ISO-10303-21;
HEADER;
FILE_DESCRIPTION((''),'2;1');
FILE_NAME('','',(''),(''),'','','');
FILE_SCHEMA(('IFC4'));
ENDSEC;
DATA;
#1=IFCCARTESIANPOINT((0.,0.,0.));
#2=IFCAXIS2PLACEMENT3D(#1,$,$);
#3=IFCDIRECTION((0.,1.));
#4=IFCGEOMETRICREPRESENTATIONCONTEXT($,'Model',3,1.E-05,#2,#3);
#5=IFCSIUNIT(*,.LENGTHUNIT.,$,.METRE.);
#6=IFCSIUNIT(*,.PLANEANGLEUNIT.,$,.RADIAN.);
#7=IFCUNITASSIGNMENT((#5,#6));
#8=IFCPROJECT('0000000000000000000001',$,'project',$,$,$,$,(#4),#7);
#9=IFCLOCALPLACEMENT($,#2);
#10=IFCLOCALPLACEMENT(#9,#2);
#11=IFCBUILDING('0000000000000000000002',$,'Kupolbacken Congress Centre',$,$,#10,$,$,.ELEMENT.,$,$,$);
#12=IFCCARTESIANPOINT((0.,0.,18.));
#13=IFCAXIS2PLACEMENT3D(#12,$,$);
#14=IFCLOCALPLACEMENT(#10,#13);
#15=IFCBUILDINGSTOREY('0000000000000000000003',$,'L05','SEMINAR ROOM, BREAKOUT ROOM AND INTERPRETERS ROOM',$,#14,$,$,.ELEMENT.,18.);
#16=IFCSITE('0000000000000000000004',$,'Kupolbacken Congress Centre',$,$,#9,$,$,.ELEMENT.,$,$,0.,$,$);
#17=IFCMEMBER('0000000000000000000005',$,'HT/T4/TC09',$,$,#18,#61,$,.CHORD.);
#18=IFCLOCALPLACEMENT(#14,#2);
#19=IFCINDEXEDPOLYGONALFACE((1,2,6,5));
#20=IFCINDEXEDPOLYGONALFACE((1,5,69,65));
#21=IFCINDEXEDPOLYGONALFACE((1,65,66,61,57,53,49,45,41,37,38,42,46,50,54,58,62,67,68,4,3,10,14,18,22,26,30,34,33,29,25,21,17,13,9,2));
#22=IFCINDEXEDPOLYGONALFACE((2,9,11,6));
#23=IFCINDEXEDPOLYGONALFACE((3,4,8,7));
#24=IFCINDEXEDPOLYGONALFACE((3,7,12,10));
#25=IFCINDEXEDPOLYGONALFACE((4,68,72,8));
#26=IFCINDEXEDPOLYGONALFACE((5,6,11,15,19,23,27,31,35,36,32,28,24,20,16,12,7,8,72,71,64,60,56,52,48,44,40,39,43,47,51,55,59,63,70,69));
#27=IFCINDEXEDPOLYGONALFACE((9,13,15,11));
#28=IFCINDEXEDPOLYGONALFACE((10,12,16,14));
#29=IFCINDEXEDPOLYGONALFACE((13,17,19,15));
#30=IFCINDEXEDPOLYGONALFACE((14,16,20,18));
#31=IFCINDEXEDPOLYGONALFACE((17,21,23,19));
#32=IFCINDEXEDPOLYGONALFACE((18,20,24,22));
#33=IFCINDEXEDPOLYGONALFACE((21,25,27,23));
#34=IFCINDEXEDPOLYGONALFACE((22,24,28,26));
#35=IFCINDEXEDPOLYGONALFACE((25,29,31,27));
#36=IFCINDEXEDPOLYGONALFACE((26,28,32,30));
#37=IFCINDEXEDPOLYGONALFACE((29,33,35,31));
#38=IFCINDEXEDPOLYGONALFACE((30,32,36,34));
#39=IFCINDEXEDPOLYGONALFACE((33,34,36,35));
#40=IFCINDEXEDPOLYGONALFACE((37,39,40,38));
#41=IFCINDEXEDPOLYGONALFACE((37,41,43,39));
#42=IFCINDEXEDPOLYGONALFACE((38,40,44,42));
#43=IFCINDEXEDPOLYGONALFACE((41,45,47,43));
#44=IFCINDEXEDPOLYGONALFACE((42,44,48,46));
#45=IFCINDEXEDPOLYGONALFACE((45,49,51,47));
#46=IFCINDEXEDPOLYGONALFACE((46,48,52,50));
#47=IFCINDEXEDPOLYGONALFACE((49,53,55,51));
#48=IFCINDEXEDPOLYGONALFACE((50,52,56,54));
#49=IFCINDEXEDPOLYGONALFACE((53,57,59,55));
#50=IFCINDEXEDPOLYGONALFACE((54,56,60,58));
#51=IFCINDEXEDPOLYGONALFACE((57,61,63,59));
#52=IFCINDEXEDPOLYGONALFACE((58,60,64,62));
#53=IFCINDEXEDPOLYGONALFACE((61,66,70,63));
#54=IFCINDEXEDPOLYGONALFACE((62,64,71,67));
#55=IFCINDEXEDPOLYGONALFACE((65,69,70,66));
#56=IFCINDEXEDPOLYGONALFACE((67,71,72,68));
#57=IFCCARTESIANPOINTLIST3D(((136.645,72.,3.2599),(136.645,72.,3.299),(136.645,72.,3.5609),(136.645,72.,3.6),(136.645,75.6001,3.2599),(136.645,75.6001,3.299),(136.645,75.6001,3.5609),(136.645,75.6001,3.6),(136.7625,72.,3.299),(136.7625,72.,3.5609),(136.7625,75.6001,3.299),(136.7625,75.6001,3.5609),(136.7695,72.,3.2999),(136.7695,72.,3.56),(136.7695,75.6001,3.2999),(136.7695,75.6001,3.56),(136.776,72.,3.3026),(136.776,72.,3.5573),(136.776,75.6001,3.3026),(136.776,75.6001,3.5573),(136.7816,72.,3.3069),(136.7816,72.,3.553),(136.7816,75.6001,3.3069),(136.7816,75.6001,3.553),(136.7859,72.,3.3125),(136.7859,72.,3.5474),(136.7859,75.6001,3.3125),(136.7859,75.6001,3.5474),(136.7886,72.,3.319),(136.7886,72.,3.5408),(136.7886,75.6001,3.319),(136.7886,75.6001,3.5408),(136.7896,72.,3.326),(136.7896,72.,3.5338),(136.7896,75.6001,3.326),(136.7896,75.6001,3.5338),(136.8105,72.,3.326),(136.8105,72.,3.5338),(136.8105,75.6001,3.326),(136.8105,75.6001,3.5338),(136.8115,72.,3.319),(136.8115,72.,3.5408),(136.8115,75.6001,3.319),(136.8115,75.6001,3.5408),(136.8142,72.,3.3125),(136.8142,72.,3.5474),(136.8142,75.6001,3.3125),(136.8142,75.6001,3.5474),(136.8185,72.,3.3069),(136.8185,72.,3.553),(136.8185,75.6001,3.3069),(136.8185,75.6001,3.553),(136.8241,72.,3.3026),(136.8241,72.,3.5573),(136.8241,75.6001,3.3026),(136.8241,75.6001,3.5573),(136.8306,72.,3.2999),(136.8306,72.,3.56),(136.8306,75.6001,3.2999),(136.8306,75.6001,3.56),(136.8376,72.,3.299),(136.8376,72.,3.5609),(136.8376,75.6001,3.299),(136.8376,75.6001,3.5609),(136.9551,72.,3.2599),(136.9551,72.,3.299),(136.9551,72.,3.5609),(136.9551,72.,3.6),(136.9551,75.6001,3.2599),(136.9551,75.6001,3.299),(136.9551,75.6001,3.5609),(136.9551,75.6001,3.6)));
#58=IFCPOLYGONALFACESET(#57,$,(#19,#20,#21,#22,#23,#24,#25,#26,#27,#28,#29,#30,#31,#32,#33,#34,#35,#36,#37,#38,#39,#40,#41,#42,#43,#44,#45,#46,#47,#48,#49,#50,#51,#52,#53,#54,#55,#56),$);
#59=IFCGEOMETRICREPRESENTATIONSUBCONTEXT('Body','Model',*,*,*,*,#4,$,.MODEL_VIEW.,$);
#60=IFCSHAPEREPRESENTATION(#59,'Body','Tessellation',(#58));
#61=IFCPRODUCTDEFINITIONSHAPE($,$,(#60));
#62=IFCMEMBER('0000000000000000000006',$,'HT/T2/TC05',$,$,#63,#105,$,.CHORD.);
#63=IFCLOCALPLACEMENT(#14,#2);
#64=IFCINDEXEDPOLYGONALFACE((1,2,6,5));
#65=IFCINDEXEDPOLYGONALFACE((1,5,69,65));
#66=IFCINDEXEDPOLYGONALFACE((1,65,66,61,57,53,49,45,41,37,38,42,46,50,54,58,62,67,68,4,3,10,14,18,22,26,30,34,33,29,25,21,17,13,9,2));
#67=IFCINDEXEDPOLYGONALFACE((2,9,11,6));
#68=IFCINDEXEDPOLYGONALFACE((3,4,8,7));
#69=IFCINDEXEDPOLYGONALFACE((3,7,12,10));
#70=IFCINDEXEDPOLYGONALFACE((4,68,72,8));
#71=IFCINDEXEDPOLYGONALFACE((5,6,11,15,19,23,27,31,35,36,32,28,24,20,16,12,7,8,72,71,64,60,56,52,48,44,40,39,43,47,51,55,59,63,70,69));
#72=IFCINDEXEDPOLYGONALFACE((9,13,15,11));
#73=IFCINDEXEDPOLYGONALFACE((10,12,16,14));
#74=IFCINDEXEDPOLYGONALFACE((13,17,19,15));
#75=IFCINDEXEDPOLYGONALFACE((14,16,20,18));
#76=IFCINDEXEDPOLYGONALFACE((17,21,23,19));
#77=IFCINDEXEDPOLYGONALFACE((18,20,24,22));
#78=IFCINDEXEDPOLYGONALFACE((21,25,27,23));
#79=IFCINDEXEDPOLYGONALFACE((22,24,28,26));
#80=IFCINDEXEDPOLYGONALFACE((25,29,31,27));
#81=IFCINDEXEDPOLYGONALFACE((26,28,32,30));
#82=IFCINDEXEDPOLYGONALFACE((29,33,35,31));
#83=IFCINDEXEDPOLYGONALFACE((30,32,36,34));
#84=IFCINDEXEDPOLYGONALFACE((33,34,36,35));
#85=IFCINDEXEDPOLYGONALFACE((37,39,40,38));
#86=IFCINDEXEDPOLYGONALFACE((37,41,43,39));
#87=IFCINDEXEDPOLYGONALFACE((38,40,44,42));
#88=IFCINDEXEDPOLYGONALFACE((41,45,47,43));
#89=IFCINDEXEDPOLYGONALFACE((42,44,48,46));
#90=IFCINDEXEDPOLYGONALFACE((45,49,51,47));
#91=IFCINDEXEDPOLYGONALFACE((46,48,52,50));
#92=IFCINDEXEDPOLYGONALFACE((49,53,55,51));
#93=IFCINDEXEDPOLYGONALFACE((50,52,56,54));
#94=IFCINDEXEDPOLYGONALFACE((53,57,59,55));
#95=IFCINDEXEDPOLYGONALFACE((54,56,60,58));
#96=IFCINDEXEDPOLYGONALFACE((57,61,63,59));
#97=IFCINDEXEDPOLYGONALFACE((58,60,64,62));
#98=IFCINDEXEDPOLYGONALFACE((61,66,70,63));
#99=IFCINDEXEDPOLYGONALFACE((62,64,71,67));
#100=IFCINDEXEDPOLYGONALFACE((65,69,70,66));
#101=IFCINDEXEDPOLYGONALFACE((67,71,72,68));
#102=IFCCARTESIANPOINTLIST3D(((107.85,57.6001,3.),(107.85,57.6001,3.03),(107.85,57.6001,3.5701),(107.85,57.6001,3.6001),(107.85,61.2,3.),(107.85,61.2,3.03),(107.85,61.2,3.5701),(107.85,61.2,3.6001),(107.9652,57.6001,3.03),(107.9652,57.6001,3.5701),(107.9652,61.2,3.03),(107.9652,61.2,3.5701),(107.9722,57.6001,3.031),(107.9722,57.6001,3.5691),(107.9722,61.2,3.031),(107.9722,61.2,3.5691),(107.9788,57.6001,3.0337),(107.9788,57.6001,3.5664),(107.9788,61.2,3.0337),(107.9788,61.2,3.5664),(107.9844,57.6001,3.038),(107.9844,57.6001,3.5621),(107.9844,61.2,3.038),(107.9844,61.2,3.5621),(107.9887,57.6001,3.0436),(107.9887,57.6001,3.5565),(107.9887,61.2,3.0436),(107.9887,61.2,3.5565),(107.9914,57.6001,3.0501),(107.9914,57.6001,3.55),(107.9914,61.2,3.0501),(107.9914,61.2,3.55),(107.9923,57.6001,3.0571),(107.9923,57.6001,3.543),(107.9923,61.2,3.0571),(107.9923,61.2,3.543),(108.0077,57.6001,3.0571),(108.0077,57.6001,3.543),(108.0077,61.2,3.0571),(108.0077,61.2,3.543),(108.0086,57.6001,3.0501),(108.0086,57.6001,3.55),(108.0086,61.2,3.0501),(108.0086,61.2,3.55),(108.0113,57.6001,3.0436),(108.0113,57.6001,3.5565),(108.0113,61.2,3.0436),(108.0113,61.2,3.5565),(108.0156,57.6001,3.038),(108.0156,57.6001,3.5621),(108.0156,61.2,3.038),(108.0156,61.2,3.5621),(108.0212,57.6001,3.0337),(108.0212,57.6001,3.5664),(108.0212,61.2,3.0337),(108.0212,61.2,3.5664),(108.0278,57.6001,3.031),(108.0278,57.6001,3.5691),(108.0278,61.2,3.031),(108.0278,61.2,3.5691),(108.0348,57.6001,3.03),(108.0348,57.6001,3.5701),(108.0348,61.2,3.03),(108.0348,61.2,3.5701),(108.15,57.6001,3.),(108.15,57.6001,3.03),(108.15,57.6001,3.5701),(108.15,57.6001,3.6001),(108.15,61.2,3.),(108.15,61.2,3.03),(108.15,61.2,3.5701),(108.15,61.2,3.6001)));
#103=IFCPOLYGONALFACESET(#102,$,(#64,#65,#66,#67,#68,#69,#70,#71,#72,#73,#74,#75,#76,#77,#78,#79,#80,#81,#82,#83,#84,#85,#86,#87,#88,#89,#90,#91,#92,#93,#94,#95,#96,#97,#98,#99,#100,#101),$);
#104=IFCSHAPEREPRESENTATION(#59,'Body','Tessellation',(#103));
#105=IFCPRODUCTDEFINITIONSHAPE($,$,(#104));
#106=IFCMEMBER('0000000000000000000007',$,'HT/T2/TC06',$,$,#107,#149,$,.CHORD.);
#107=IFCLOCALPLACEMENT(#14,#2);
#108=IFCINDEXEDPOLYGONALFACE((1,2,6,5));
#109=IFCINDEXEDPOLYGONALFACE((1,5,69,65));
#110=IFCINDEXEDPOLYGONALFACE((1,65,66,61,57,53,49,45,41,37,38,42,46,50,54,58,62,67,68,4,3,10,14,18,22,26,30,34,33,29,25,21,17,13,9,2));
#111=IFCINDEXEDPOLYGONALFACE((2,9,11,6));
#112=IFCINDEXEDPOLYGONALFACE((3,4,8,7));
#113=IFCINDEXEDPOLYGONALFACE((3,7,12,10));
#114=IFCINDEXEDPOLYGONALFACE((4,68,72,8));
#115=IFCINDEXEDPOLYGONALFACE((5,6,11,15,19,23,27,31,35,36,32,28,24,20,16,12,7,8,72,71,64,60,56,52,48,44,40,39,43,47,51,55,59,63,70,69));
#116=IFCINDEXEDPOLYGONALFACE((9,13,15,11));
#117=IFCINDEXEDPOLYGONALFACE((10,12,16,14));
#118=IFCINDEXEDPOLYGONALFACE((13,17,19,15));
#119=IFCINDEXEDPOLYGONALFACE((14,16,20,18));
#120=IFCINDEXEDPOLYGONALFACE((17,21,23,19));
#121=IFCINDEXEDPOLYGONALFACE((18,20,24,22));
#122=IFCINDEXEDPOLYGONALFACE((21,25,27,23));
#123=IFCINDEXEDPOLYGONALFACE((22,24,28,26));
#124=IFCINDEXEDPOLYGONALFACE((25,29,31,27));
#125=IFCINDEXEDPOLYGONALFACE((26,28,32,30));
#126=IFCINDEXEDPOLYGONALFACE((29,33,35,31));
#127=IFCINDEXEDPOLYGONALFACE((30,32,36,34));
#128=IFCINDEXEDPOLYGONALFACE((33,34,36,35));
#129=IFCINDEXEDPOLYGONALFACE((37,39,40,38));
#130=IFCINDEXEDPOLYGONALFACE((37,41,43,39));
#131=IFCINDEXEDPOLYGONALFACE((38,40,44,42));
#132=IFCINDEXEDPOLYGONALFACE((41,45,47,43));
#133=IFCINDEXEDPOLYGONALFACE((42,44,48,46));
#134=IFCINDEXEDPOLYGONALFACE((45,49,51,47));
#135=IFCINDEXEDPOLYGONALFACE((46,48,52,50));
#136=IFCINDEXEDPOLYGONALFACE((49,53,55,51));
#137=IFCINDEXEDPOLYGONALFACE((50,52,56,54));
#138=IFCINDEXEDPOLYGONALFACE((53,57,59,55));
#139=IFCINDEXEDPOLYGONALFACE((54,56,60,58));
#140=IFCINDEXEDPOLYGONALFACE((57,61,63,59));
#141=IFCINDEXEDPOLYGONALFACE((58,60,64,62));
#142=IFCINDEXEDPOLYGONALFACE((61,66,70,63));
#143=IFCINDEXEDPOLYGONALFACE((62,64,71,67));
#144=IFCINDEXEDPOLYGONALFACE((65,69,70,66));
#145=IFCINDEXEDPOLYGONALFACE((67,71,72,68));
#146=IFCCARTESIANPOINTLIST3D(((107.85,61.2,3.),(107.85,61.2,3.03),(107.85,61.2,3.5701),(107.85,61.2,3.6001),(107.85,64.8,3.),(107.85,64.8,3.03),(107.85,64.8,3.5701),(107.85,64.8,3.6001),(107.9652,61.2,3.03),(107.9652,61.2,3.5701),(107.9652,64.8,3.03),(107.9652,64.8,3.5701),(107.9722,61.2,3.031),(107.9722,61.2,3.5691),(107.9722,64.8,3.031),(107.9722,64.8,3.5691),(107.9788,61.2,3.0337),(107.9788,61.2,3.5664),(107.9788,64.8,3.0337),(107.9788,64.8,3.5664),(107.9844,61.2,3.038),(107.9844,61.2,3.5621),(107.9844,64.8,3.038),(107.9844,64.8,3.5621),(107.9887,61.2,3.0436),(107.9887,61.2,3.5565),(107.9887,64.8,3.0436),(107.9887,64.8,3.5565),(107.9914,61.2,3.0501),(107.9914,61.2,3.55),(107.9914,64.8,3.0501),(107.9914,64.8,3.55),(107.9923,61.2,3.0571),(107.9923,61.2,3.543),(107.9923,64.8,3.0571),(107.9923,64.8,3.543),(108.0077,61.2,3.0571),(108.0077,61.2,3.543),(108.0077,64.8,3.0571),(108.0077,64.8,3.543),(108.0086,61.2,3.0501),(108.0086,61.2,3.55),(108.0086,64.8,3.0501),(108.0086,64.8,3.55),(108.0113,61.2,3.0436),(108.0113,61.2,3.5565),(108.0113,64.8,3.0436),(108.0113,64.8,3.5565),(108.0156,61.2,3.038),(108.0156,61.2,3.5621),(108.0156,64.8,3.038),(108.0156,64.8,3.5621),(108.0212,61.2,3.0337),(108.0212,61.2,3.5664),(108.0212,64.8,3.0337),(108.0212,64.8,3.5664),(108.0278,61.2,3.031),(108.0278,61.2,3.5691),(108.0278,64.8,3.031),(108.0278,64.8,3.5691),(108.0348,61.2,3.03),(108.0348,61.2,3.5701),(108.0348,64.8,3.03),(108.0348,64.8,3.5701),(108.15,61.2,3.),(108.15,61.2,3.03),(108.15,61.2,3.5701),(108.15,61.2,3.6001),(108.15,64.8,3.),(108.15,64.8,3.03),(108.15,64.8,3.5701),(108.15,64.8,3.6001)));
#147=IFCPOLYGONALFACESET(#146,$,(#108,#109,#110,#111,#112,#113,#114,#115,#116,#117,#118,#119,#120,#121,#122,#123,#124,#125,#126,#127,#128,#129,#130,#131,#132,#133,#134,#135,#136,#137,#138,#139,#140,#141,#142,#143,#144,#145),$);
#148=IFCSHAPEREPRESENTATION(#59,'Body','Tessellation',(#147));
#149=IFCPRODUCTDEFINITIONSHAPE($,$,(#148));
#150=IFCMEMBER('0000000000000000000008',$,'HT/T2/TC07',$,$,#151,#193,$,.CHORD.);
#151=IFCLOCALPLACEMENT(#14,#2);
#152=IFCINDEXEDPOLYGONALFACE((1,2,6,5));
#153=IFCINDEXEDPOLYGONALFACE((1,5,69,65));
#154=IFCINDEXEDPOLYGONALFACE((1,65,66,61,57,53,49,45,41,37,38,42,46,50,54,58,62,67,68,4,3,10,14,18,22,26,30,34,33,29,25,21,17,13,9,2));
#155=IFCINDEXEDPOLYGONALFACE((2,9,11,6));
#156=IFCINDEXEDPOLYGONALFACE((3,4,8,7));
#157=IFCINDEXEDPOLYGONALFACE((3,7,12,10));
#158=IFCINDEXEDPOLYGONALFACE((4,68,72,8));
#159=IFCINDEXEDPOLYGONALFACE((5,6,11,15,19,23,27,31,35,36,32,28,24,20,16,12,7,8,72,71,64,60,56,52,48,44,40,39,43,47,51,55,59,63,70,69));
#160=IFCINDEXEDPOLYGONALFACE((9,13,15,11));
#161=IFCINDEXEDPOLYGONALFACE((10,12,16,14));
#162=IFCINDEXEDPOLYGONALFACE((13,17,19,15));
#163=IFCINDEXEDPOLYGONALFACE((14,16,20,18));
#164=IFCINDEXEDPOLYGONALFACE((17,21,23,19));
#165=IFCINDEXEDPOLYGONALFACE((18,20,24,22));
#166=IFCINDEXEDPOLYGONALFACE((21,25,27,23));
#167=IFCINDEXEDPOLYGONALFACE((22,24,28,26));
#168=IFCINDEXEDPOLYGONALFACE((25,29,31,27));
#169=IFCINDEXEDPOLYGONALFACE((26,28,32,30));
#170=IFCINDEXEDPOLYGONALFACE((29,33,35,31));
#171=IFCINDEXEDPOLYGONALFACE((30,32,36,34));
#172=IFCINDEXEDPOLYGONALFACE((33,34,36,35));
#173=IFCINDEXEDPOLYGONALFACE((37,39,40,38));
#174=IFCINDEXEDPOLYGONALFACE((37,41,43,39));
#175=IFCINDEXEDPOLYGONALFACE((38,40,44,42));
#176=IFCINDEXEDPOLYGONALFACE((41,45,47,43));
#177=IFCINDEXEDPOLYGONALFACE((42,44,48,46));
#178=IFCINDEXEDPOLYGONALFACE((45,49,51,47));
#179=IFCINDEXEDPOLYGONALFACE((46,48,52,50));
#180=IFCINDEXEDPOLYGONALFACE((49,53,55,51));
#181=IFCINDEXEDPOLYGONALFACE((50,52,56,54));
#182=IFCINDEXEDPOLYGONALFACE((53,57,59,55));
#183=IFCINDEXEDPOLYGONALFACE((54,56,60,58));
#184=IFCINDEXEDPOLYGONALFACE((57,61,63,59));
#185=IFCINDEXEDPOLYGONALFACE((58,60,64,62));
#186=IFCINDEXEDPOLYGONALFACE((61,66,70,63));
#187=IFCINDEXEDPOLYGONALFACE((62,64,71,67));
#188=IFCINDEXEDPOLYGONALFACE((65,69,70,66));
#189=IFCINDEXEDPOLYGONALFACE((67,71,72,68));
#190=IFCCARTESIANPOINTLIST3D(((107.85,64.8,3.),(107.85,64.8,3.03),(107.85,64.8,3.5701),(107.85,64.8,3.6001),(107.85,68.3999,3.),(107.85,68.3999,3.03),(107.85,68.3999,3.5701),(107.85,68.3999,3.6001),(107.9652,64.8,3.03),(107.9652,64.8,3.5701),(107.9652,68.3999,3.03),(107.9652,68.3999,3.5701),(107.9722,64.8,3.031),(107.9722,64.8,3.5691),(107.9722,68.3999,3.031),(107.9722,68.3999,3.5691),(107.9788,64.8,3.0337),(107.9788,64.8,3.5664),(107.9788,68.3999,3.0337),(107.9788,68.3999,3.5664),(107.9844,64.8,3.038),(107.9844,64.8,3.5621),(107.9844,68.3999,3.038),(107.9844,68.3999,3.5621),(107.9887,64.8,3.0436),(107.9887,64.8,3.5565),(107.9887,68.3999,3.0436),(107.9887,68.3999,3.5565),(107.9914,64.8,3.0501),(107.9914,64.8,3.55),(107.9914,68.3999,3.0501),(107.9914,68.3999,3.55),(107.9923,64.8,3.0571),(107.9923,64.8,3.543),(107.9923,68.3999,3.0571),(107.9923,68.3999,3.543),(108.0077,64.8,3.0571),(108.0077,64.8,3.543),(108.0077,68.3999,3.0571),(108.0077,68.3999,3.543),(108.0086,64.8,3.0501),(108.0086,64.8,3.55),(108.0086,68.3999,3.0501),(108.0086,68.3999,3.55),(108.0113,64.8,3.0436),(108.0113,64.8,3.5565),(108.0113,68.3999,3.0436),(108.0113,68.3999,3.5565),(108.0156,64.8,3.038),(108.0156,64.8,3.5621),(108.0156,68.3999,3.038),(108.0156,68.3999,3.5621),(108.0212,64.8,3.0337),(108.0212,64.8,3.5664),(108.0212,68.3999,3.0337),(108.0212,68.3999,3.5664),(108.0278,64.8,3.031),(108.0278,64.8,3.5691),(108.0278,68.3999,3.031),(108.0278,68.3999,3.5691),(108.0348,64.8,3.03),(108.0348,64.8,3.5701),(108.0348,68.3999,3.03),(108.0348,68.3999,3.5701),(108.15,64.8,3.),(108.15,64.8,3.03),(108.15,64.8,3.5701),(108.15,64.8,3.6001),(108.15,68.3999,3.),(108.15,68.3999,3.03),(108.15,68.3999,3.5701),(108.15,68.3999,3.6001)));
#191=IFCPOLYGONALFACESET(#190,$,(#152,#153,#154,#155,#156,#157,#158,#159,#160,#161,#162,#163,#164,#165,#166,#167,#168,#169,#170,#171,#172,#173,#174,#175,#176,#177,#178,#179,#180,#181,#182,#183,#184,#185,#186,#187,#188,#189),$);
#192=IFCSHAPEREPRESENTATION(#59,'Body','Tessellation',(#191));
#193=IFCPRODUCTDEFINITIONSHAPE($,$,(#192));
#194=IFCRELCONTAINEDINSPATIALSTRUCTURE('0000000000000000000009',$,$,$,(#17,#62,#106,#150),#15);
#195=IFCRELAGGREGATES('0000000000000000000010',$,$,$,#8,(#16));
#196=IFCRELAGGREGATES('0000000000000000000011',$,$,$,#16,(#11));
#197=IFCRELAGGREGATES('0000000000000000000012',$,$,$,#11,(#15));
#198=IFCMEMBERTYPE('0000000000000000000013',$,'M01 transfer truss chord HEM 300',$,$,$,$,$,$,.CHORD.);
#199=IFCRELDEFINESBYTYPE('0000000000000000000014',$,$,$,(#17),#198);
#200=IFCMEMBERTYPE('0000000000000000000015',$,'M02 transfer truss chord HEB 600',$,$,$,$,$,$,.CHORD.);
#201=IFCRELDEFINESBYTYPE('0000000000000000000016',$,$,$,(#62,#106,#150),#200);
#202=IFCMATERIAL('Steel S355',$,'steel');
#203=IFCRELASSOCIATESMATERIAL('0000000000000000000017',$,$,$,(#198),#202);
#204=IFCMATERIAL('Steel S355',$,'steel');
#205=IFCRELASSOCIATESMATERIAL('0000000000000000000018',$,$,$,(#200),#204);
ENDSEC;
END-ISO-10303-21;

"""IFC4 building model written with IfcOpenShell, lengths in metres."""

from ifc_helpers import new_model, si_unit, direction, frame, origin, origin_2d, place, context, subcontext, project, spatial, i_section, extrude, material, material_profile, profile_set, type_object, element, save


model = new_model("IFC4")

# Units and contexts
model_context = context("Model", 3, precision=1e-05, world=origin(), true_north=direction((0.0, 1.0)))
body_context = subcontext(model_context, "Body", "Model", "MODEL_VIEW")
ifc_project = project(units=[si_unit("LENGTHUNIT", "METRE"), si_unit("PLANEANGLEUNIT", "RADIAN")], contexts=[model_context])

# Site, building, storey
site_placement = place(None, origin())
site = spatial("IfcSite", under=ifc_project, at=site_placement, Name="Kupolbacken Congress Centre", CompositionType="ELEMENT", RefElevation=0.0)
building_placement = place(site_placement, origin())
building = spatial("IfcBuilding", under=site, at=building_placement, Name="Kupolbacken Congress Centre", CompositionType="ELEMENT")
storey_placement = place(building_placement, frame((0.0, 0.0, 18.0)))
storey = spatial("IfcBuildingStorey", under=building, at=storey_placement, Name="L05", Description="SEMINAR ROOM, BREAKOUT ROOM AND INTERPRETERS ROOM", CompositionType="ELEMENT", Elevation=18.0)

# Members
ifc_material_1 = material(Name="Steel S355", Category="steel")
ifc_material_profile_1 = material_profile(ifc_material_1, i_section(OverallWidth=0.3101, OverallDepth=0.3401, WebThickness=0.021, FlangeThickness=0.0391, FilletRadius=0.0271, at=origin_2d()), Name="HEM 300")
ifc_profile_set_1 = profile_set([ifc_material_profile_1], Name="Steel S355")
member_type_1 = type_object("IfcMemberType", Name="M01 transfer truss chord HEM 300", PredefinedType="CHORD", material=ifc_profile_set_1)
member_1_placement = place(storey_placement, frame((136.8, 72.0, 3.4299), z_axis=(0.0, 1.0, 0.0), x_axis=(-1.0, 0.0, 0.0)))
element("IfcMember", 1, at=member_1_placement, inside=storey, type_object=member_type_1, Name="HT/T4/TC09", PredefinedType="CHORD", context=body_context, shape_type="SweptSolid", body=[
    extrude(i_section(OverallWidth=0.3101, OverallDepth=0.3401, WebThickness=0.021, FlangeThickness=0.0391, FilletRadius=0.0271, at=origin_2d()), origin(), (0.0, 0.0, 1.0), 3.6001),
])
ifc_material_2 = material(Name="Steel S355", Category="steel")
ifc_material_profile_2 = material_profile(ifc_material_2, i_section(OverallWidth=0.3, OverallDepth=0.6001, WebThickness=0.0154, FlangeThickness=0.03, FilletRadius=0.0271, at=origin_2d()), Name="HEB 600")
ifc_profile_set_2 = profile_set([ifc_material_profile_2], Name="Steel S355")
member_type_2 = type_object("IfcMemberType", Name="M02 transfer truss chord HEB 600", PredefinedType="CHORD", material=ifc_profile_set_2)
member_2_placement = place(storey_placement, frame((108.0, 57.6001, 3.3), z_axis=(0.0, 1.0, 0.0), x_axis=(-1.0, 0.0, 0.0)))
element("IfcMember", 2, at=member_2_placement, inside=storey, type_object=member_type_2, Name="HT/T2/TC05", PredefinedType="CHORD", context=body_context, shape_type="SweptSolid", body=[
    extrude(i_section(OverallWidth=0.3, OverallDepth=0.6001, WebThickness=0.0154, FlangeThickness=0.03, FilletRadius=0.0271, at=origin_2d()), origin(), (0.0, 0.0, 1.0), 3.5999),
])
member_3_placement = place(storey_placement, frame((108.0, 61.2, 3.3), z_axis=(0.0, 1.0, 0.0), x_axis=(-1.0, 0.0, 0.0)))
element("IfcMember", 3, at=member_3_placement, inside=storey, type_object=member_type_2, Name="HT/T2/TC06", PredefinedType="CHORD", context=body_context, shape_type="SweptSolid", body=[
    extrude(i_section(OverallWidth=0.3, OverallDepth=0.6001, WebThickness=0.0154, FlangeThickness=0.03, FilletRadius=0.0271, at=origin_2d()), origin(), (0.0, 0.0, 1.0), 3.6001),
])
member_4_placement = place(storey_placement, frame((108.0, 64.8, 3.3), z_axis=(0.0, 1.0, 0.0), x_axis=(-1.0, 0.0, 0.0)))
element("IfcMember", 4, at=member_4_placement, inside=storey, type_object=member_type_2, Name="HT/T2/TC07", PredefinedType="CHORD", context=body_context, shape_type="SweptSolid", body=[
    extrude(i_section(OverallWidth=0.3, OverallDepth=0.6001, WebThickness=0.0154, FlangeThickness=0.03, FilletRadius=0.0271, at=origin_2d()), origin(), (0.0, 0.0, 1.0), 3.5999),
])

save(model, "model.ifc")
